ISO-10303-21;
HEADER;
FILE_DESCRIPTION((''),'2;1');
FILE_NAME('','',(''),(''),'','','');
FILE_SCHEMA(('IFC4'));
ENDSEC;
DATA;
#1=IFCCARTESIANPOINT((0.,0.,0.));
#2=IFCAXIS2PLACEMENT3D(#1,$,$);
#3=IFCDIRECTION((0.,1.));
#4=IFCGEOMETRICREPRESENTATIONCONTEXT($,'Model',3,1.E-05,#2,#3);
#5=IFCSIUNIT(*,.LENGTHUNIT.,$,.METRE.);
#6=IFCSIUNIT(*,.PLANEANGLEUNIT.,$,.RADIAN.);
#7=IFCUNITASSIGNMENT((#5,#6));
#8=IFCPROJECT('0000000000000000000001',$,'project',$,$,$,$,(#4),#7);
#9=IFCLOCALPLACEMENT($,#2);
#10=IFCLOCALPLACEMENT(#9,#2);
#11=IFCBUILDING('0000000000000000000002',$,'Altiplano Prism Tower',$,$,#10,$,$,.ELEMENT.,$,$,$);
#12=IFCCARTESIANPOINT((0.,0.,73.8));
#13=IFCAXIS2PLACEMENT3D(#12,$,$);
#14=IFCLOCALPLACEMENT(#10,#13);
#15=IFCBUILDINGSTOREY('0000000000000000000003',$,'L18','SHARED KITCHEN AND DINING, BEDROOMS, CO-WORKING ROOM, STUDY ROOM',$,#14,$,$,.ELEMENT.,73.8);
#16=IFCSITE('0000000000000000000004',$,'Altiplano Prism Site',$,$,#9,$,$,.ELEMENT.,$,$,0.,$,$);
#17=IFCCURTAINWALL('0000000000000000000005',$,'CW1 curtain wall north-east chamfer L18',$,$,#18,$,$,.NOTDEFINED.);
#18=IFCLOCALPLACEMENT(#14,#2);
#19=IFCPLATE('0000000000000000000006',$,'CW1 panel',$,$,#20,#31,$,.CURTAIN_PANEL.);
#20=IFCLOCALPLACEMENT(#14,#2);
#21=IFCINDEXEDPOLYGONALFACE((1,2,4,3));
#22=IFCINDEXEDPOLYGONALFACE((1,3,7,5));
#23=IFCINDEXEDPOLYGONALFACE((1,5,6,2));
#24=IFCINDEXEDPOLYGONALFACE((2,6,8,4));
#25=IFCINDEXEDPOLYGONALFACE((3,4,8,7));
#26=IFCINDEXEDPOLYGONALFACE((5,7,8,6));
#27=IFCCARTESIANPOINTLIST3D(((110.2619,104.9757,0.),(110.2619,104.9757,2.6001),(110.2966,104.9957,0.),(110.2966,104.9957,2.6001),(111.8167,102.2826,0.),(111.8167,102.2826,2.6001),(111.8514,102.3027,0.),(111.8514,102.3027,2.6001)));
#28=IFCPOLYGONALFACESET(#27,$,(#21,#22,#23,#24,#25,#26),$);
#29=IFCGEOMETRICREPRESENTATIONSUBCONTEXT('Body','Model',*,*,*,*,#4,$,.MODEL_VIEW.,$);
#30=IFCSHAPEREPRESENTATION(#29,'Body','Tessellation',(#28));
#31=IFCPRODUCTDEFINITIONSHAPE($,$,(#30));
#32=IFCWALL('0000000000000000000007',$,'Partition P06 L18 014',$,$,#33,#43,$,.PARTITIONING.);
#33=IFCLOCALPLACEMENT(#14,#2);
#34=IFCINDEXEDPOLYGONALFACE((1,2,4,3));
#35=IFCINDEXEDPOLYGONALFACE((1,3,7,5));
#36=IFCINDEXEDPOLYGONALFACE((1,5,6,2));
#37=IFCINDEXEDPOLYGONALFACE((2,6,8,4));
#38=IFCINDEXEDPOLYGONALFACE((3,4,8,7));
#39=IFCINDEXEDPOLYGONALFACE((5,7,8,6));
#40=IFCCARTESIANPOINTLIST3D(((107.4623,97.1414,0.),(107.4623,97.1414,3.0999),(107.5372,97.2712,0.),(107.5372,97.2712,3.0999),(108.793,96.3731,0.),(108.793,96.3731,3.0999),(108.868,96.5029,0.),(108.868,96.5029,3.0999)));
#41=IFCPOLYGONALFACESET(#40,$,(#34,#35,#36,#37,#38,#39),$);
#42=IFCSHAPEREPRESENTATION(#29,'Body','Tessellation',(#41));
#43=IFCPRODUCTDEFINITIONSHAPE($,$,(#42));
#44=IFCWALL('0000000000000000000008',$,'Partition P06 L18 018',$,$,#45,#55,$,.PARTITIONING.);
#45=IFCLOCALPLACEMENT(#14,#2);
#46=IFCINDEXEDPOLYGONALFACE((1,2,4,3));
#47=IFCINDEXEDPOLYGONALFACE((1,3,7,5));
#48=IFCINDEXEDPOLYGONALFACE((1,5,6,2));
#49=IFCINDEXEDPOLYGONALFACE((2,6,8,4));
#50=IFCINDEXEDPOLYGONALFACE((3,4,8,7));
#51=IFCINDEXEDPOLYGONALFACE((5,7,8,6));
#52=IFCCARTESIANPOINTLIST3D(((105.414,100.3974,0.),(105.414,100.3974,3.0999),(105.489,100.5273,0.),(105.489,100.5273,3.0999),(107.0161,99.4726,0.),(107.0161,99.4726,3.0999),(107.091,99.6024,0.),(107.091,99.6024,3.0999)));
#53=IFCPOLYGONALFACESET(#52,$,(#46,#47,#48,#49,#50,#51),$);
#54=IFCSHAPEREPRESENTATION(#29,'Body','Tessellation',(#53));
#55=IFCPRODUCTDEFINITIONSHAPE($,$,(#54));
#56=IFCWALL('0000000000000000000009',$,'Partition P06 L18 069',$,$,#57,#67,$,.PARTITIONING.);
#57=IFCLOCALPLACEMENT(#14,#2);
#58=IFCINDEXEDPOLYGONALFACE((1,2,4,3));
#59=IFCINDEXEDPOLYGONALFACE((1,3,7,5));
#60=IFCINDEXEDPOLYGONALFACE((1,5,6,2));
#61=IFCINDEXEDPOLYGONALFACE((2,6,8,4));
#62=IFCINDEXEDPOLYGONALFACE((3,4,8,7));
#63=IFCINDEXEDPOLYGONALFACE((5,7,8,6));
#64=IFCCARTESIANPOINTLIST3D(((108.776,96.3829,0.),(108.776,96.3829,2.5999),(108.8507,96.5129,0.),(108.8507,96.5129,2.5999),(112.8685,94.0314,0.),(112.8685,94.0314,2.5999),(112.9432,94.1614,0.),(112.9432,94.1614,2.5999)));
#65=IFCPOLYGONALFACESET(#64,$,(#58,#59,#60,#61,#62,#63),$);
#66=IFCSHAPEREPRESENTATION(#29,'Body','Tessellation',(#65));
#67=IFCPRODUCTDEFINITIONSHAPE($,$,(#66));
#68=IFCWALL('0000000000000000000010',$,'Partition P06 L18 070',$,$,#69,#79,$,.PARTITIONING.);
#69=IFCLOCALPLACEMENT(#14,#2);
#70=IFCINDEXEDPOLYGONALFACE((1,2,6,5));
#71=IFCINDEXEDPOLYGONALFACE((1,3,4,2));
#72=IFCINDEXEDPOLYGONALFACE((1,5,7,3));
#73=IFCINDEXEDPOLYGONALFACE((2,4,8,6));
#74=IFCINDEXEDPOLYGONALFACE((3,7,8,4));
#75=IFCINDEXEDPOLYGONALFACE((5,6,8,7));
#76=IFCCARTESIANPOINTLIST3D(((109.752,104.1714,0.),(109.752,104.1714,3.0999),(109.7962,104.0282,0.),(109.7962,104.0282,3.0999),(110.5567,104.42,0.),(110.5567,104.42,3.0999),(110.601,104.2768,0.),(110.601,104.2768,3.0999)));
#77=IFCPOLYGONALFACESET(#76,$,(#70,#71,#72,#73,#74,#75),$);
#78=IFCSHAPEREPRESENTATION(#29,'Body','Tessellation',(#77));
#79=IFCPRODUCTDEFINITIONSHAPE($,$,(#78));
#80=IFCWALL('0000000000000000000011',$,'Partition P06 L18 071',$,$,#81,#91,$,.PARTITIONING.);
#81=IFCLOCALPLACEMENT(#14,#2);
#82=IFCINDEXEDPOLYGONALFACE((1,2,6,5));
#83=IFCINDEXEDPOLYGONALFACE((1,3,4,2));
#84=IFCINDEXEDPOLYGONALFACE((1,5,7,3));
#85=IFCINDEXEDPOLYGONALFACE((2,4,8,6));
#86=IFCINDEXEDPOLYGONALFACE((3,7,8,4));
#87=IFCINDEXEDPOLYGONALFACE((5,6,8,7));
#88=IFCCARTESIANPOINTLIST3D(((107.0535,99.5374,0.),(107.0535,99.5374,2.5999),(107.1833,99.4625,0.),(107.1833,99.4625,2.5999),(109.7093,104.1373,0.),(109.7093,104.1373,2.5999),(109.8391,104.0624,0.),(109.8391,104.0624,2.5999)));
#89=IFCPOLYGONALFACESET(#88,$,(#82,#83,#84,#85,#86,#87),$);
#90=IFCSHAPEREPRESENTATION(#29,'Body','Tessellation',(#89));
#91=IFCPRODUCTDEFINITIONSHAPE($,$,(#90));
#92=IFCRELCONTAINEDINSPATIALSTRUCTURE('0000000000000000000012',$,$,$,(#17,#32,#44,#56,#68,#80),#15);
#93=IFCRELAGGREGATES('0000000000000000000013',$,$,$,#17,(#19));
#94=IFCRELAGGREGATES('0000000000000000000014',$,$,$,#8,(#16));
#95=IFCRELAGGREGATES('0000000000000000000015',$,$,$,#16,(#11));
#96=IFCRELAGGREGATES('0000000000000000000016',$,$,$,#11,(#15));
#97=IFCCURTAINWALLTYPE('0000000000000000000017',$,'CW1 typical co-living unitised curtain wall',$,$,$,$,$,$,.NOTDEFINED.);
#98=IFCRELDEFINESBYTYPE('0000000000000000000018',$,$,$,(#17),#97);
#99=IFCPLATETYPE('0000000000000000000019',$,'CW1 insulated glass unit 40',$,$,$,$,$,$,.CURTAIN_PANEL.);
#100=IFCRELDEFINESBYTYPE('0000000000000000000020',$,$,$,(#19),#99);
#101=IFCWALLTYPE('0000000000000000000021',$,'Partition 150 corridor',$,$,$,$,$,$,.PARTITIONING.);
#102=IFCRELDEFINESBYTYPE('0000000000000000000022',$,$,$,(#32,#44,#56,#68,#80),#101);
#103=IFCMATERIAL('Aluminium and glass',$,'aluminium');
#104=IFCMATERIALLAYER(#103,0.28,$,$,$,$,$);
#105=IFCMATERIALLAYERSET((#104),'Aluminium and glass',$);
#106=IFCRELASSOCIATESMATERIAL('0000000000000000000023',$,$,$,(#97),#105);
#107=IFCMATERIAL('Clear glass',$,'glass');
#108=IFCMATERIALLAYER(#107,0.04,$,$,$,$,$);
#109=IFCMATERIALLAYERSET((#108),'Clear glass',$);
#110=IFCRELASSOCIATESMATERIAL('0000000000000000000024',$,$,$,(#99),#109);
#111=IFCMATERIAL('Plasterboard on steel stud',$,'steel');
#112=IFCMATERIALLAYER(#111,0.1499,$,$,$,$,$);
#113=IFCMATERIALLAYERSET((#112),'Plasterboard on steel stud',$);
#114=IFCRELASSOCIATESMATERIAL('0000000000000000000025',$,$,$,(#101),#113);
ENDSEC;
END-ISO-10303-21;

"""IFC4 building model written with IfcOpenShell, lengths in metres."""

from ifc_helpers import new_model, si_unit, direction, frame, frame_2d, origin, origin_2d, place, context, subcontext, project, spatial, rectangle, extrude, material, layer, layer_set, type_object, element, aggregate, save


model = new_model("IFC4")

# Units and contexts
model_context = context("Model", 3, precision=1e-05, world=origin(), true_north=direction((0.0, 1.0)))
body_context = subcontext(model_context, "Body", "Model", "MODEL_VIEW")
ifc_project = project(units=[si_unit("LENGTHUNIT", "METRE"), si_unit("PLANEANGLEUNIT", "RADIAN")], contexts=[model_context])

# Site, building, storey
site_placement = place(None, origin())
site = spatial("IfcSite", under=ifc_project, at=site_placement, Name="Altiplano Prism Site", CompositionType="ELEMENT", RefElevation=0.0)
building_placement = place(site_placement, origin())
building = spatial("IfcBuilding", under=site, at=building_placement, Name="Altiplano Prism Tower", CompositionType="ELEMENT")
storey_placement = place(building_placement, frame((0.0, 0.0, 73.8)))
storey = spatial("IfcBuildingStorey", under=building, at=storey_placement, Name="L18", Description="SHARED KITCHEN AND DINING, BEDROOMS, CO-WORKING ROOM, STUDY ROOM", CompositionType="ELEMENT", Elevation=73.8)

# Curtain wall
ifc_material_1 = material(Name="Aluminium and glass", Category="aluminium")
ifc_layer_1 = layer(ifc_material_1, 0.28)
ifc_layer_set_1 = layer_set([ifc_layer_1], Name="Aluminium and glass")
curtain_wall_type = type_object("IfcCurtainWallType", Name="CW1 typical co-living unitised curtain wall", PredefinedType="NOTDEFINED", material=ifc_layer_set_1)
curtain_wall_1_placement = place(storey_placement, origin())
curtain_wall_1 = element("IfcCurtainWall", 1, at=curtain_wall_1_placement, inside=storey, type_object=curtain_wall_type, Name="CW1 curtain wall north-east chamfer L18", PredefinedType="NOTDEFINED")

# Plate
ifc_material_2 = material(Name="Clear glass", Category="glass")
ifc_layer_2 = layer(ifc_material_2, 0.04)
ifc_layer_set_2 = layer_set([ifc_layer_2], Name="Clear glass")
plate_type = type_object("IfcPlateType", Name="CW1 insulated glass unit 40", PredefinedType="CURTAIN_PANEL", material=ifc_layer_set_2)
plate_1_placement = place(storey_placement, frame((111.0566, 103.6392, 0.0), z_axis=(0.0, 0.0, 1.0), x_axis=(-0.5, 0.866025, 0.0)))
plate_1 = element("IfcPlate", 2, at=plate_1_placement, type_object=plate_type, Name="CW1 panel", PredefinedType="CURTAIN_PANEL", context=body_context, shape_type="SweptSolid", body=[
    extrude(rectangle(XDim=3.1096, YDim=0.04, at=origin_2d()), origin(), (0.0, 0.0, 1.0), 2.6001),
])
aggregate(curtain_wall_1, [plate_1])

# Walls
ifc_material_3 = material(Name="Plasterboard on steel stud", Category="steel")
ifc_layer_3 = layer(ifc_material_3, 0.1499)
ifc_layer_set_3 = layer_set([ifc_layer_3], Name="Plasterboard on steel stud")
wall_type = type_object("IfcWallType", Name="Partition 150 corridor", PredefinedType="PARTITIONING", material=ifc_layer_set_3)
wall_1_placement = place(storey_placement, frame((107.4998, 97.2063, 0.0), z_axis=(0.0, 0.0, 1.0), x_axis=(0.866035, -0.499984, 0.0)))
element("IfcWall", 3, at=wall_1_placement, inside=storey, type_object=wall_type, Name="Partition P06 L18 014", PredefinedType="PARTITIONING", context=body_context, shape_type="SweptSolid", body=[
    extrude(rectangle(XDim=1.5366, YDim=0.1499, at=frame_2d((0.7683, 0.0))), origin(), (0.0, 0.0, 1.0), 3.0999),
])
wall_2_placement = place(storey_placement, frame((107.0535, 99.5376, 0.0), z_axis=(0.0, 0.0, 1.0), x_axis=(-0.866058, 0.499943, 0.0)))
element("IfcWall", 4, at=wall_2_placement, inside=storey, type_object=wall_type, Name="Partition P06 L18 018", PredefinedType="PARTITIONING", context=body_context, shape_type="SweptSolid", body=[
    extrude(rectangle(XDim=1.8499, YDim=0.1499, at=frame_2d((0.9248, 0.0))), origin(), (0.0, 0.0, 1.0), 3.0999),
])
wall_3_placement = place(storey_placement, frame((112.9058, 94.0964, 0.0), z_axis=(0.0, 0.0, 1.0), x_axis=(-0.867057, 0.49821, 0.0)))
element("IfcWall", 5, at=wall_3_placement, inside=storey, type_object=wall_type, Name="Partition P06 L18 069", PredefinedType="PARTITIONING", context=body_context, shape_type="SweptSolid", body=[
    extrude(rectangle(XDim=4.72, YDim=0.1499, at=frame_2d((2.3599, 0.0))), origin(), (0.0, 0.0, 1.0), 2.5999),
])
wall_4_placement = place(storey_placement, frame((110.5789, 104.3484, 0.0), z_axis=(0.0, 0.0, 1.0), x_axis=(-0.955465, -0.295104, 0.0)))
element("IfcWall", 6, at=wall_4_placement, inside=storey, type_object=wall_type, Name="Partition P06 L18 070", PredefinedType="PARTITIONING", context=body_context, shape_type="SweptSolid", body=[
    extrude(rectangle(XDim=0.8423, YDim=0.1499, at=frame_2d((0.4211, 0.0))), origin(), (0.0, 0.0, 1.0), 3.0999),
])
wall_5_placement = place(storey_placement, frame((109.7742, 104.0999, 0.0), z_axis=(0.0, 0.0, 1.0), x_axis=(-0.500005, -0.866023, 0.0)))
element("IfcWall", 7, at=wall_5_placement, inside=storey, type_object=wall_type, Name="Partition P06 L18 071", PredefinedType="PARTITIONING", context=body_context, shape_type="SweptSolid", body=[
    extrude(rectangle(XDim=5.3115, YDim=0.1499, at=frame_2d((2.6558, 0.0))), origin(), (0.0, 0.0, 1.0), 2.5999),
])

save(model, "model.ifc")
